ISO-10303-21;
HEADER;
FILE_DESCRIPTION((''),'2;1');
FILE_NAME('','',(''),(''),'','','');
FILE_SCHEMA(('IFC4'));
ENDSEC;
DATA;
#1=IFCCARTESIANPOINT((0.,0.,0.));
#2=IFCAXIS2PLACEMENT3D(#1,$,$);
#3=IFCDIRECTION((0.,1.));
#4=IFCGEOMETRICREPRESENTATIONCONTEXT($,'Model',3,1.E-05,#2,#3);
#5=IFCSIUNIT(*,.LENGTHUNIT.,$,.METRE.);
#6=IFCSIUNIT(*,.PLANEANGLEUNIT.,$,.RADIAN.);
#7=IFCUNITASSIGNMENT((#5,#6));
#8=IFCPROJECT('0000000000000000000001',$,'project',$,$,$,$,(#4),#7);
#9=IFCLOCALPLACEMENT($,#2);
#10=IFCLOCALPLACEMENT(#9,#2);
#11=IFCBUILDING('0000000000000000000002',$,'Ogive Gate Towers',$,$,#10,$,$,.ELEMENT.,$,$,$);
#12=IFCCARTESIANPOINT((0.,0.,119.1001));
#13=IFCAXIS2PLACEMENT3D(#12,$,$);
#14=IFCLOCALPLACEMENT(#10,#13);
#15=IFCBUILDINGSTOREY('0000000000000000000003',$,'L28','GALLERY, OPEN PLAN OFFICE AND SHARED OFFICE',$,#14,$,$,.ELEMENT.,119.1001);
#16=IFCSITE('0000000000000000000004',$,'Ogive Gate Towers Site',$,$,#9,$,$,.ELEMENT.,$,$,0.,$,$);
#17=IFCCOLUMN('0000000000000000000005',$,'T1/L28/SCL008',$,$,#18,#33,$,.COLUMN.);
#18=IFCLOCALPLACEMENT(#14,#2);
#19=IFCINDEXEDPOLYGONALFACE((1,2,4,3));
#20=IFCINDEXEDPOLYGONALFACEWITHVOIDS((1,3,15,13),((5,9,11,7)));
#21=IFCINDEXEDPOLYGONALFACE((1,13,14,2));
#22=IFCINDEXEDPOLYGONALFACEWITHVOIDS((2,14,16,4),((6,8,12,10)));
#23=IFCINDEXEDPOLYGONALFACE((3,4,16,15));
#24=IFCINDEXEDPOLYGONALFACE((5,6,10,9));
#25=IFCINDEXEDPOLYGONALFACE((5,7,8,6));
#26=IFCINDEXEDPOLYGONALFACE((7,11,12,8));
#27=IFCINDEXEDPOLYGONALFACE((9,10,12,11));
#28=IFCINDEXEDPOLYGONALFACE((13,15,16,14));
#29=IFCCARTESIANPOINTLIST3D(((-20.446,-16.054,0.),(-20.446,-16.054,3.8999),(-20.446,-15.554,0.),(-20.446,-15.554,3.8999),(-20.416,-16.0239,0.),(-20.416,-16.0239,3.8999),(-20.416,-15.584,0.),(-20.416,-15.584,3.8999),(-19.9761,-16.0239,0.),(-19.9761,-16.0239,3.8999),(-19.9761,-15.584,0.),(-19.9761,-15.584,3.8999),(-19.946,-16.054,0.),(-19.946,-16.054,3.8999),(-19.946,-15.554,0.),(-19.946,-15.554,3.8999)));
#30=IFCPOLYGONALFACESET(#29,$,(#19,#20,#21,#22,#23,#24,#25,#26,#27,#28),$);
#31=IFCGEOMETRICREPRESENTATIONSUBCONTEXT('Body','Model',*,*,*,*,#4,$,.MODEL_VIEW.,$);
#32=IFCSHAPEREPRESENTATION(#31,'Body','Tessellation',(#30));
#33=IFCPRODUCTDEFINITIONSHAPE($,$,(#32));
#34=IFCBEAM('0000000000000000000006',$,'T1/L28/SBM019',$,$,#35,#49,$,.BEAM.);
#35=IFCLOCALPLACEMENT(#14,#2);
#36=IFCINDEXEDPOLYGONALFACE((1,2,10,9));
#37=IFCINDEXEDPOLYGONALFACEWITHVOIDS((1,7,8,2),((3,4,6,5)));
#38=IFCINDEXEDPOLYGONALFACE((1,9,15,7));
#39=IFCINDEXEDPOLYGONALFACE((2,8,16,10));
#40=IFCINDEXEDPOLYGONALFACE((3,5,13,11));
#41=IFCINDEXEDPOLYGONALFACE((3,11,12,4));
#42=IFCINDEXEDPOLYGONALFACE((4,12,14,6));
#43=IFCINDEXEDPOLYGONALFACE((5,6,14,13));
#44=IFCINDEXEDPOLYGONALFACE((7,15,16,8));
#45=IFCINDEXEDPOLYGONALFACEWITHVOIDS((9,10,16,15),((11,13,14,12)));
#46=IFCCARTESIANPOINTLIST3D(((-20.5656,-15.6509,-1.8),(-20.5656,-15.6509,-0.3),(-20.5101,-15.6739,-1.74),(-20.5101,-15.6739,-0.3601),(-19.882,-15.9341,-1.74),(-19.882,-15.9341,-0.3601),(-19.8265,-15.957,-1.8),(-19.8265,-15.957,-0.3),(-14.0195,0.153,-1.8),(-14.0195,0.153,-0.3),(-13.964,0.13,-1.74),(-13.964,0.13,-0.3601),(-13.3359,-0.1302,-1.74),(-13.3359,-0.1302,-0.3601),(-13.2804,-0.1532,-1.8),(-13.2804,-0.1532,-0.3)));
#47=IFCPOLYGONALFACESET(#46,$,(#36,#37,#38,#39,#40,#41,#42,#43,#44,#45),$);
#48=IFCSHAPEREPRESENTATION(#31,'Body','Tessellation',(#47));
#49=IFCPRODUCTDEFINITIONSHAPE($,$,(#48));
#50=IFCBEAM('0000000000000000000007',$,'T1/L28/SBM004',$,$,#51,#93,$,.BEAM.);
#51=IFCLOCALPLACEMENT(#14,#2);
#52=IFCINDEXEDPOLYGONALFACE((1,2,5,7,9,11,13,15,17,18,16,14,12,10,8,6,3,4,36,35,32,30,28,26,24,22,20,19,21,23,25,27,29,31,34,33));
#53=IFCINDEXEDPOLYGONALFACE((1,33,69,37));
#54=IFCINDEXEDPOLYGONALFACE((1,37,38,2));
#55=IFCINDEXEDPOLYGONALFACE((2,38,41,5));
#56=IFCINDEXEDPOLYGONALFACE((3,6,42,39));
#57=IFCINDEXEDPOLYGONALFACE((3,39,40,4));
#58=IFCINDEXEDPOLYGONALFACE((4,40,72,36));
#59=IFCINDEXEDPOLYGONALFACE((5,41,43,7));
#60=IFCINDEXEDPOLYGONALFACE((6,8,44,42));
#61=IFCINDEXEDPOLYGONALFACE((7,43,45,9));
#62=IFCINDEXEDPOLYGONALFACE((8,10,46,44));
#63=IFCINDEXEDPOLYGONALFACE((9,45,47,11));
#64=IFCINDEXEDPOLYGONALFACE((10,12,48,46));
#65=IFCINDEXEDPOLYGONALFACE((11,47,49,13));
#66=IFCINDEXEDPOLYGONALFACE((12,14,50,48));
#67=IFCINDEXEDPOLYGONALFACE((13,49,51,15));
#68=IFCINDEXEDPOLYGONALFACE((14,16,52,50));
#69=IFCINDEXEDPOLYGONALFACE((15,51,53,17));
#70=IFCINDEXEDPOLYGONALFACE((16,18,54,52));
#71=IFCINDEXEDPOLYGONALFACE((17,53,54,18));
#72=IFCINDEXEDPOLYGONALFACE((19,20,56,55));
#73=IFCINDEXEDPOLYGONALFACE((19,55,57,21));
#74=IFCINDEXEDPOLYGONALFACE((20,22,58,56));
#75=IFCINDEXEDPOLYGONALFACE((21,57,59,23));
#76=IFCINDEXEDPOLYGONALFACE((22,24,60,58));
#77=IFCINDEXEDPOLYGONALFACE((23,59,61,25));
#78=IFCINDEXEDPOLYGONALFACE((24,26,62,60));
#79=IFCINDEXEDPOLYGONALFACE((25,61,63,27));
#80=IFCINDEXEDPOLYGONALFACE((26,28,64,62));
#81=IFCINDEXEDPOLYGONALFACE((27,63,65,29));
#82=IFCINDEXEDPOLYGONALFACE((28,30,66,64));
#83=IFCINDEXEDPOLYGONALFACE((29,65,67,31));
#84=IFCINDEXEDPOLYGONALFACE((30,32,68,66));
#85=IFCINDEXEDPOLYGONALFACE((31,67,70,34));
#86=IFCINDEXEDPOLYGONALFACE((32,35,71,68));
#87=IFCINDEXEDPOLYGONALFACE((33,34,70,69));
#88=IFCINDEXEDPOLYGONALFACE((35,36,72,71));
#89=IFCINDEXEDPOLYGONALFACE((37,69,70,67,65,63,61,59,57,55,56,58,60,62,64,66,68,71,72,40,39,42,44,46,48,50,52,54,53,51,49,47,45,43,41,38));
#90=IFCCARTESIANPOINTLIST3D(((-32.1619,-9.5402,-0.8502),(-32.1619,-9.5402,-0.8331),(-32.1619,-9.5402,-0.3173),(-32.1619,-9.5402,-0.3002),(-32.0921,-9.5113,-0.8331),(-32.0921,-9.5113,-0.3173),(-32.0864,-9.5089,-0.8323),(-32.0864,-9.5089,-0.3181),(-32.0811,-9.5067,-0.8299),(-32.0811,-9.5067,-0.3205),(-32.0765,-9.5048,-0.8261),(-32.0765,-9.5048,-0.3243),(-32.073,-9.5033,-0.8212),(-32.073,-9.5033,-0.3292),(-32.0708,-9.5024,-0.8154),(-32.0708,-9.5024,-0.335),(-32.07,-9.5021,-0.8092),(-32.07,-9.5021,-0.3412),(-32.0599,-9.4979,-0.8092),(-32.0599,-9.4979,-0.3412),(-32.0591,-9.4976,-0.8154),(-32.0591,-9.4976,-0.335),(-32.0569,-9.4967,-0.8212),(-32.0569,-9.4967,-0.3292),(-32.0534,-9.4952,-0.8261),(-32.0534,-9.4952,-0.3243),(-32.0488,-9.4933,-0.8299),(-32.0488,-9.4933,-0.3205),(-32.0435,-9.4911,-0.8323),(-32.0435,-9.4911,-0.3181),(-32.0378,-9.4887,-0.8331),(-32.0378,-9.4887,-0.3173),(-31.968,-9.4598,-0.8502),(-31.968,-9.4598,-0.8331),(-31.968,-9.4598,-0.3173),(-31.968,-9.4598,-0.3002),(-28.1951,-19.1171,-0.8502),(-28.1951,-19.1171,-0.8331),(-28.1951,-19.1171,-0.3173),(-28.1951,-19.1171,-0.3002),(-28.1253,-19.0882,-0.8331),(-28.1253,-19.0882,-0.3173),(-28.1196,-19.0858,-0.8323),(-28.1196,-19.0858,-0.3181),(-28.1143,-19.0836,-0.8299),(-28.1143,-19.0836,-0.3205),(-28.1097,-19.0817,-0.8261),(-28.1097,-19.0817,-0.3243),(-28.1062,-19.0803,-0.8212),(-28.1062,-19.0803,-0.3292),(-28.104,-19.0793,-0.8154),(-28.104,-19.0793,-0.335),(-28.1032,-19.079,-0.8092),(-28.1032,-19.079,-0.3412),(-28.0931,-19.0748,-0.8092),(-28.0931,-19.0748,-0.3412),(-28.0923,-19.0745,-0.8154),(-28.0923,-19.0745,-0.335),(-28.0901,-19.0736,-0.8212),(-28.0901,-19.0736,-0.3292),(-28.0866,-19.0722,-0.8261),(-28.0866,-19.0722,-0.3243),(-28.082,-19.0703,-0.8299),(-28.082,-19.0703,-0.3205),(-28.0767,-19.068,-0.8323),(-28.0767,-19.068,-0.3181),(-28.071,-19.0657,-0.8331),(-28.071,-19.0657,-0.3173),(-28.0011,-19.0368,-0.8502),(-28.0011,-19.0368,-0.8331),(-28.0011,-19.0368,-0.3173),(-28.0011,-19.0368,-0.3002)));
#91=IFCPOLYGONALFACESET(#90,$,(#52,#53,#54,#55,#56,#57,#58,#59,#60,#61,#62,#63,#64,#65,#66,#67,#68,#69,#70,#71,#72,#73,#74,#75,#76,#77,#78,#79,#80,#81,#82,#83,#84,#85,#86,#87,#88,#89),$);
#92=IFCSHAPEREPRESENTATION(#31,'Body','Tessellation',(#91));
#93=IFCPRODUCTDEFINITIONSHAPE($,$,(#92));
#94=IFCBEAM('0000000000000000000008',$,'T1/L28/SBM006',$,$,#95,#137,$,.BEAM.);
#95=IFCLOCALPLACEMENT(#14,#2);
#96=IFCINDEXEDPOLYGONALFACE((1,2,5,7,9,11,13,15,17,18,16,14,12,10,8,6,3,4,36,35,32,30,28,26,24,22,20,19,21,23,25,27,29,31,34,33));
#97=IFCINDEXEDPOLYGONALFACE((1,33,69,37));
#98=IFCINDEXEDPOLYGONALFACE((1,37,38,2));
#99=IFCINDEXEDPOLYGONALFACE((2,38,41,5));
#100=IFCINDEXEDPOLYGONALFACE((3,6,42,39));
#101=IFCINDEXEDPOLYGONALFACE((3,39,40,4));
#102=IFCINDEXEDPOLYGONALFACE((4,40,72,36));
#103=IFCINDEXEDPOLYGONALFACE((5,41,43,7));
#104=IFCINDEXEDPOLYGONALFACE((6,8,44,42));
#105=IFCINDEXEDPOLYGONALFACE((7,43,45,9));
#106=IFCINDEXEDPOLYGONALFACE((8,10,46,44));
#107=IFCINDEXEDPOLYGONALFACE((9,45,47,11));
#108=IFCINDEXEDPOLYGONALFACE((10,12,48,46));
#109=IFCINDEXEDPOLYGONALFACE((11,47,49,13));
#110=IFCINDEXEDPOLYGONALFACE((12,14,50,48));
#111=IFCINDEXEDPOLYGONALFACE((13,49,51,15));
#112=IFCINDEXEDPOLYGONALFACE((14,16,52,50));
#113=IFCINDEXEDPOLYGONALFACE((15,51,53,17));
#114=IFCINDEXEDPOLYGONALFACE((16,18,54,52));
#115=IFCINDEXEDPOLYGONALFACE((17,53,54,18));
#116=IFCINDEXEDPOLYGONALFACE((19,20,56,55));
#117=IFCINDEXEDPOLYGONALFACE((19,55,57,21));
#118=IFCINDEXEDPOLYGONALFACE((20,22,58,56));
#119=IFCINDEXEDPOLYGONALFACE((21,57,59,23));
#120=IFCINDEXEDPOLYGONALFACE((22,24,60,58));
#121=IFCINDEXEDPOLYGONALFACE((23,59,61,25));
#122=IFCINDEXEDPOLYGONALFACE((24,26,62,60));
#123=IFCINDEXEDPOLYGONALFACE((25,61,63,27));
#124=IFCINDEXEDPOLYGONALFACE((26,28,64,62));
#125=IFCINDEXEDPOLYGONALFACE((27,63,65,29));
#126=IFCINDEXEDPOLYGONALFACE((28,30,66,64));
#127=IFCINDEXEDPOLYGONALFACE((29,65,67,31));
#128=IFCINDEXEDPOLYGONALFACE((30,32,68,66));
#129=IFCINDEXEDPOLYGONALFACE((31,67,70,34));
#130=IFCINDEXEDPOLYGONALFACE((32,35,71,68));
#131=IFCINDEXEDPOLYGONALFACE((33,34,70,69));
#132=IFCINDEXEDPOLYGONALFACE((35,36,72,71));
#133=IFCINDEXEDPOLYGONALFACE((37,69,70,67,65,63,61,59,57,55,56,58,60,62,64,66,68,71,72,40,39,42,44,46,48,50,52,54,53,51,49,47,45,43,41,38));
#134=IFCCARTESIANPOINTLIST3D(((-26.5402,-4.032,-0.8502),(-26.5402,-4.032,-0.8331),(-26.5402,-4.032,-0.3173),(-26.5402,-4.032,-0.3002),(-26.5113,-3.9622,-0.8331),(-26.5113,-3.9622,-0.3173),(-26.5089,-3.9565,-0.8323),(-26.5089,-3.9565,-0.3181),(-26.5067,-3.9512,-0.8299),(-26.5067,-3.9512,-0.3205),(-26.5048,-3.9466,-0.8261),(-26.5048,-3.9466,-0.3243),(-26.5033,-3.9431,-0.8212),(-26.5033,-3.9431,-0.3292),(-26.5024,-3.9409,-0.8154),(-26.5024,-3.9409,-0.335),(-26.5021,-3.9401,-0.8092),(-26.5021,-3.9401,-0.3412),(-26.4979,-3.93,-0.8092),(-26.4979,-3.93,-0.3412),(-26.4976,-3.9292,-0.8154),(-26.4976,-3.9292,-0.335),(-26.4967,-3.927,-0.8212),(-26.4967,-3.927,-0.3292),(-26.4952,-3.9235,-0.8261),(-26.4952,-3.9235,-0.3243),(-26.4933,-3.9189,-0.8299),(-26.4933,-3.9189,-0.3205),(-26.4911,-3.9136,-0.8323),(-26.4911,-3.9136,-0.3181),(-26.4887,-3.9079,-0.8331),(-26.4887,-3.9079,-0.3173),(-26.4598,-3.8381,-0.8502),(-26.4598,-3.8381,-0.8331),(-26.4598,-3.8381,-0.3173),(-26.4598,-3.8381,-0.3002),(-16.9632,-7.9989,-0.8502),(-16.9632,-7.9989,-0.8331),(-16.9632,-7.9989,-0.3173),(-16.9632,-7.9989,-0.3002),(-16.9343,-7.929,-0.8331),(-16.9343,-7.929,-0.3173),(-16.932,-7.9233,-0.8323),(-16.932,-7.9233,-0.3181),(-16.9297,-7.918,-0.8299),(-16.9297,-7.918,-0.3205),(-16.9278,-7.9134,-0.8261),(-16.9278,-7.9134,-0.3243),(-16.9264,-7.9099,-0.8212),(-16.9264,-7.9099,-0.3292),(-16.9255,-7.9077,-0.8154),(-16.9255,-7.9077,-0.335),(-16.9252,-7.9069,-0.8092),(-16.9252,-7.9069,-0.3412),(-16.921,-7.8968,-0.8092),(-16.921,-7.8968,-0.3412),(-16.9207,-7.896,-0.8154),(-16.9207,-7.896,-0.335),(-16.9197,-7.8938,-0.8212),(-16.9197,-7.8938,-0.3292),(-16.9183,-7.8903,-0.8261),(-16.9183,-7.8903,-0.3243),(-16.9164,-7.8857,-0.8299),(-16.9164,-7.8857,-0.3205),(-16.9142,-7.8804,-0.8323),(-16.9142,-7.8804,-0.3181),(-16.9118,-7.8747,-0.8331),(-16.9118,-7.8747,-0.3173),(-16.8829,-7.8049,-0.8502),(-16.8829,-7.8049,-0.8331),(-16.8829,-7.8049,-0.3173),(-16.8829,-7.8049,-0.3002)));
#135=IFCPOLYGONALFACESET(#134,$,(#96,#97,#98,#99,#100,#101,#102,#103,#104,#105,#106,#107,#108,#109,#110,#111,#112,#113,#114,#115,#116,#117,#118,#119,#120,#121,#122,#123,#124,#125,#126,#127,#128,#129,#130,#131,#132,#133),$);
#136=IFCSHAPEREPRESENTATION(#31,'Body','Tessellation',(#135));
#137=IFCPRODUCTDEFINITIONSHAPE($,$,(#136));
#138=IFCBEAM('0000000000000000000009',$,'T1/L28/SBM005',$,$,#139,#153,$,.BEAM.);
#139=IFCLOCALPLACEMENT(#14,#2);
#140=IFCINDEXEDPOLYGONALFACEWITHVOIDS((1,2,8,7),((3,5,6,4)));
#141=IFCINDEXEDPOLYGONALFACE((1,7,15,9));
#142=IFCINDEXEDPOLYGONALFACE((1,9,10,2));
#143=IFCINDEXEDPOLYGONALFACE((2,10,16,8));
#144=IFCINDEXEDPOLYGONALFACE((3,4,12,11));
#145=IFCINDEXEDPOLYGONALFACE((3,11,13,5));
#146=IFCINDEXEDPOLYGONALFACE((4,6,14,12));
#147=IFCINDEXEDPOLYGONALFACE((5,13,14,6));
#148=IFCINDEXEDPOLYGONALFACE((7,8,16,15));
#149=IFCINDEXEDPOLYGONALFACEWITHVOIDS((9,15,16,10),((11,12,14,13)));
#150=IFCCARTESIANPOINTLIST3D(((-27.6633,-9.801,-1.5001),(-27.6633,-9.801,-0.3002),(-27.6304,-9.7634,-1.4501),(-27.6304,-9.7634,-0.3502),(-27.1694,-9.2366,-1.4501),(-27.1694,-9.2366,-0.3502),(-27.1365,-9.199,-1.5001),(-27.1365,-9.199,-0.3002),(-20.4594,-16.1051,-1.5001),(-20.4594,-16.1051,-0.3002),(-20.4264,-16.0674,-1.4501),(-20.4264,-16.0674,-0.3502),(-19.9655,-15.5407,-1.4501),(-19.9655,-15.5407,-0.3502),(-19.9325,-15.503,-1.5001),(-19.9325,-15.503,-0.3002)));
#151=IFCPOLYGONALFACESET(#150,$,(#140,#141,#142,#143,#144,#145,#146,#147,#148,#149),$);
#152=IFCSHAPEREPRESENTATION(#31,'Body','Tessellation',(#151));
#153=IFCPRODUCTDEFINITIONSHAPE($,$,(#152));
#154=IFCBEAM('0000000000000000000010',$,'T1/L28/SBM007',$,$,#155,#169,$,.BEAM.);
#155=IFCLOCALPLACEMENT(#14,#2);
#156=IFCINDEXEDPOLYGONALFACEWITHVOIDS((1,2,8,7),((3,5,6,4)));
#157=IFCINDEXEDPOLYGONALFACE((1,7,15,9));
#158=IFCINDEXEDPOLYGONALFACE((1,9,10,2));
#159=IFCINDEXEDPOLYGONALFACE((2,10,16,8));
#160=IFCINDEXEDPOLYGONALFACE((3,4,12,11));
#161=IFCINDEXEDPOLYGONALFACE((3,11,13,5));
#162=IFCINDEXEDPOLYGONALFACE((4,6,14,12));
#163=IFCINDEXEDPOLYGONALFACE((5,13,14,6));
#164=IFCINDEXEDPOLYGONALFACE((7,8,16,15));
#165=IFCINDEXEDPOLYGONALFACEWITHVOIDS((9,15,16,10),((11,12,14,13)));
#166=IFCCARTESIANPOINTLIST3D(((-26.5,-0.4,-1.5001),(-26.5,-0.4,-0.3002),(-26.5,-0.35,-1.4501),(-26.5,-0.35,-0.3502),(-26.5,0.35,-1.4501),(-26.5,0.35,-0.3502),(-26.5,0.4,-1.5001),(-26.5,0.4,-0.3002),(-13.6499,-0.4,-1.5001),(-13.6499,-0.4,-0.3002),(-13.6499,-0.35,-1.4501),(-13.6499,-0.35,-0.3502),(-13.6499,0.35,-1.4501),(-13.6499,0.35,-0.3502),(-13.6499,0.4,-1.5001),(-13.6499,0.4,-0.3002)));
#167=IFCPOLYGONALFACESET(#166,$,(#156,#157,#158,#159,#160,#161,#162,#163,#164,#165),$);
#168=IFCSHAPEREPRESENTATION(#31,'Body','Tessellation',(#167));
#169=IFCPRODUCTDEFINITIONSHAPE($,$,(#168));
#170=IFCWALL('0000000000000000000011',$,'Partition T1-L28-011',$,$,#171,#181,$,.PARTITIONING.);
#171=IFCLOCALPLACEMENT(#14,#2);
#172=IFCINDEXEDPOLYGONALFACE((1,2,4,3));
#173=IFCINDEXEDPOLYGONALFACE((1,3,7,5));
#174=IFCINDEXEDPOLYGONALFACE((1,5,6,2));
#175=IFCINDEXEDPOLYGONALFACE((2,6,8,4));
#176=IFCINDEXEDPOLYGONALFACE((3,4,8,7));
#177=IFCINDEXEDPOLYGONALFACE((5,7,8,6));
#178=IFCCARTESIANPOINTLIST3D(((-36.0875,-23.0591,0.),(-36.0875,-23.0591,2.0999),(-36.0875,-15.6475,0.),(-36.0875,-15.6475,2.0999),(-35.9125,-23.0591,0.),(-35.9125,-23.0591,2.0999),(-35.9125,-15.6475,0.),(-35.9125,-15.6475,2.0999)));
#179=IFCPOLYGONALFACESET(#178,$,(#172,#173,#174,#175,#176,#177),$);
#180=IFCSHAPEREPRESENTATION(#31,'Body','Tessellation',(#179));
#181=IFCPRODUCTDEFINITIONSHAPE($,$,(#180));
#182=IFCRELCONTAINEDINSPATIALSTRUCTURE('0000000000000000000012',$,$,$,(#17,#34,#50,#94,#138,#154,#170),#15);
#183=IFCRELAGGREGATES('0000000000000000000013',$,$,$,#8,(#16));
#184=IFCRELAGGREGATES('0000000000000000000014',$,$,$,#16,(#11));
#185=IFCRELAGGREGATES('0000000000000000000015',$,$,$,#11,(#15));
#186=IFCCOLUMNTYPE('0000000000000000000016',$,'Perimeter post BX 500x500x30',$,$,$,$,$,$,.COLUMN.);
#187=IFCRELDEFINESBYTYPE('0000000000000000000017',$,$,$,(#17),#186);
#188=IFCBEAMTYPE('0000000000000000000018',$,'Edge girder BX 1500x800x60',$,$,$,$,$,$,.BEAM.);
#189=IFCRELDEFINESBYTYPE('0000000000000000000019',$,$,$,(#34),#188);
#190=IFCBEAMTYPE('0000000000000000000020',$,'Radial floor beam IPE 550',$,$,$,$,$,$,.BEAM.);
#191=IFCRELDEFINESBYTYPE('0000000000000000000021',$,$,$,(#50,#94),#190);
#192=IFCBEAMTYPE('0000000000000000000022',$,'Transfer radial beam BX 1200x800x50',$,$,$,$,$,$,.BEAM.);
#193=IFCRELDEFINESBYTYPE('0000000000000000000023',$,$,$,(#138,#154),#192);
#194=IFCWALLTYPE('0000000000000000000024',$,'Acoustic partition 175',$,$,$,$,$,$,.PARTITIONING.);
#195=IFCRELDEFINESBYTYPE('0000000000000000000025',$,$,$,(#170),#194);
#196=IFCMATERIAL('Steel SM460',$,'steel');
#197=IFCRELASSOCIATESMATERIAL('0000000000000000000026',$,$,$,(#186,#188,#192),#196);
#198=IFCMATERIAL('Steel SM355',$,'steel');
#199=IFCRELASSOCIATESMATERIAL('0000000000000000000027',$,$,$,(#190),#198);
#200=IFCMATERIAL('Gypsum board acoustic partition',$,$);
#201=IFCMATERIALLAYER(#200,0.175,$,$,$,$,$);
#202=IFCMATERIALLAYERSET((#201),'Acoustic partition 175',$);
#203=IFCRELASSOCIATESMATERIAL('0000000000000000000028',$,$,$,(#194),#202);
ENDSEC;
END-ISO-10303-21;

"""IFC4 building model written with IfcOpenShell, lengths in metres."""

from ifc_helpers import new_model, si_unit, direction, frame, frame_2d, origin, origin_2d, place, context, subcontext, project, spatial, rectangle, hollow_rectangle, i_section, extrude, material, layer, layer_set, material_profile, profile_set, type_object, element, save


model = new_model("IFC4")

# Units and contexts
model_context = context("Model", 3, precision=1e-05, world=origin(), true_north=direction((0.0, 1.0)))
body_context = subcontext(model_context, "Body", "Model", "MODEL_VIEW")
ifc_project = project(units=[si_unit("LENGTHUNIT", "METRE"), si_unit("PLANEANGLEUNIT", "RADIAN")], contexts=[model_context])

# Site, building, storey
site_placement = place(None, origin())
site = spatial("IfcSite", under=ifc_project, at=site_placement, Name="Ogive Gate Towers Site", CompositionType="ELEMENT", RefElevation=0.0)
building_placement = place(site_placement, origin())
building = spatial("IfcBuilding", under=site, at=building_placement, Name="Ogive Gate Towers", CompositionType="ELEMENT")
storey_placement = place(building_placement, frame((0.0, 0.0, 119.1001)))
storey = spatial("IfcBuildingStorey", under=building, at=storey_placement, Name="L28", Description="GALLERY, OPEN PLAN OFFICE AND SHARED OFFICE", CompositionType="ELEMENT", Elevation=119.1001)

# Column
ifc_material_1 = material(Name="Steel SM460", Category="steel")
ifc_material_profile_1 = material_profile(ifc_material_1, hollow_rectangle(XDim=0.5, YDim=0.5, WallThickness=0.03, at=origin_2d()), Name="BX 500x500x30")
ifc_profile_set_1 = profile_set([ifc_material_profile_1], Name="Steel SM460")
column_type = type_object("IfcColumnType", Name="Perimeter post BX 500x500x30", PredefinedType="COLUMN", material=ifc_profile_set_1)
column_placement = place(storey_placement, frame((-20.196, -15.804, 0.0), z_axis=(0.0, 0.0, 1.0), x_axis=(1.0, 0.0, 0.0)))
element("IfcColumn", 1, at=column_placement, inside=storey, type_object=column_type, Name="T1/L28/SCL008", PredefinedType="COLUMN", context=body_context, shape_type="SweptSolid", body=[
    extrude(hollow_rectangle(XDim=0.5, YDim=0.5, WallThickness=0.03, at=origin_2d()), origin(), (0.0, 0.0, 1.0), 3.8999),
])

# Beams
ifc_material_profile_2 = material_profile(ifc_material_1, hollow_rectangle(XDim=0.8, YDim=1.5, WallThickness=0.0601, at=origin_2d()), Name="BX 1500x800x60")
ifc_profile_set_2 = profile_set([ifc_material_profile_2], Name="Steel SM460")
beam_type_1 = type_object("IfcBeamType", Name="Edge girder BX 1500x800x60", PredefinedType="BEAM", material=ifc_profile_set_2)
beam_1_placement = place(storey_placement, frame((-20.196, -15.804, -1.05), z_axis=(0.38268, 0.923881, 0.0), x_axis=(-0.923881, 0.38268, 0.0)))
element("IfcBeam", 2, at=beam_1_placement, inside=storey, type_object=beam_type_1, Name="T1/L28/SBM019", PredefinedType="BEAM", context=body_context, shape_type="SweptSolid", body=[
    extrude(hollow_rectangle(XDim=0.8, YDim=1.5, WallThickness=0.0601, at=origin_2d()), origin(), (0.0, 0.0, 1.0), 17.106),
])
ifc_material_2 = material(Name="Steel SM355", Category="steel")
ifc_material_profile_3 = material_profile(ifc_material_2, i_section(OverallWidth=0.21, OverallDepth=0.55, WebThickness=0.011, FlangeThickness=0.0171, FilletRadius=0.0239, at=origin_2d()), Name="IPE 550")
ifc_profile_set_3 = profile_set([ifc_material_profile_3], Name="Steel SM355")
beam_type_2 = type_object("IfcBeamType", Name="Radial floor beam IPE 550", PredefinedType="BEAM", material=ifc_profile_set_3)
for number, where, z_axis, x_axis, name in (
    (3, (-32.0649, -9.5, -0.5752), (0.382676, -0.923882, 0.0), (0.923882, 0.382676, 0.0), "T1/L28/SBM004"),
    (4, (-26.5, -3.9351, -0.5752), (0.923882, -0.382676, 0.0), (0.382676, 0.923882, 0.0), "T1/L28/SBM006"),
):
    element("IfcBeam", number, at=place(storey_placement, frame(where, z_axis=z_axis, x_axis=x_axis)), inside=storey, type_object=beam_type_2, Name=name, PredefinedType="BEAM", context=body_context, shape_type="SweptSolid", body=[
        extrude(i_section(OverallWidth=0.21, OverallDepth=0.55, WebThickness=0.011, FlangeThickness=0.0171, FilletRadius=0.0239, at=origin_2d()), origin(), (0.0, 0.0, 1.0), 10.366),
    ])
ifc_material_profile_4 = material_profile(ifc_material_1, hollow_rectangle(XDim=0.8, YDim=1.2, WallThickness=0.05, at=origin_2d()), Name="BX 1200x800x50")
ifc_profile_set_4 = profile_set([ifc_material_profile_4], Name="Steel SM460")
beam_type_3 = type_object("IfcBeamType", Name="Transfer radial beam BX 1200x800x50", PredefinedType="BEAM", material=ifc_profile_set_4)
beam_2_placement = place(storey_placement, frame((-27.3999, -9.5, -0.9001), z_axis=(0.752547, -0.658539, 0.0), x_axis=(0.658539, 0.752547, 0.0)))
element("IfcBeam", 5, at=beam_2_placement, inside=storey, type_object=beam_type_3, Name="T1/L28/SBM005", PredefinedType="BEAM", context=body_context, shape_type="SweptSolid", body=[
    extrude(hollow_rectangle(XDim=0.8, YDim=1.2, WallThickness=0.05, at=origin_2d()), origin(), (0.0, 0.0, 1.0), 9.5728),
])
beam_3_placement = place(storey_placement, frame((-26.5, 0.0, -0.9001), z_axis=(1.0, 0.0, 0.0), x_axis=(0.0, 1.0, 0.0)))
element("IfcBeam", 6, at=beam_3_placement, inside=storey, type_object=beam_type_3, Name="T1/L28/SBM007", PredefinedType="BEAM", context=body_context, shape_type="SweptSolid", body=[
    extrude(hollow_rectangle(XDim=0.8, YDim=1.2, WallThickness=0.05, at=origin_2d()), origin(), (0.0, 0.0, 1.0), 12.8501),
])

# Wall
ifc_material_3 = material(Name="Gypsum board acoustic partition")
ifc_layer_1 = layer(ifc_material_3, 0.175)
ifc_layer_set_1 = layer_set([ifc_layer_1], Name="Acoustic partition 175")
wall_type_1 = type_object("IfcWallType", Name="Acoustic partition 175", PredefinedType="PARTITIONING", material=ifc_layer_set_1)
wall_1_placement = place(storey_placement, frame((-36.0, -23.0591, 0.0), z_axis=(0.0, 0.0, 1.0), x_axis=(0.0, 1.0, 0.0)))
element("IfcWall", 7, at=wall_1_placement, inside=storey, type_object=wall_type_1, Name="Partition T1-L28-011", PredefinedType="PARTITIONING", context=body_context, shape_type="SweptSolid", body=[
    extrude(rectangle(XDim=7.4116, YDim=0.175, at=frame_2d((3.7058, 0.0))), origin(), (0.0, 0.0, 1.0), 2.0999),
])

save(model, "model.ifc")
